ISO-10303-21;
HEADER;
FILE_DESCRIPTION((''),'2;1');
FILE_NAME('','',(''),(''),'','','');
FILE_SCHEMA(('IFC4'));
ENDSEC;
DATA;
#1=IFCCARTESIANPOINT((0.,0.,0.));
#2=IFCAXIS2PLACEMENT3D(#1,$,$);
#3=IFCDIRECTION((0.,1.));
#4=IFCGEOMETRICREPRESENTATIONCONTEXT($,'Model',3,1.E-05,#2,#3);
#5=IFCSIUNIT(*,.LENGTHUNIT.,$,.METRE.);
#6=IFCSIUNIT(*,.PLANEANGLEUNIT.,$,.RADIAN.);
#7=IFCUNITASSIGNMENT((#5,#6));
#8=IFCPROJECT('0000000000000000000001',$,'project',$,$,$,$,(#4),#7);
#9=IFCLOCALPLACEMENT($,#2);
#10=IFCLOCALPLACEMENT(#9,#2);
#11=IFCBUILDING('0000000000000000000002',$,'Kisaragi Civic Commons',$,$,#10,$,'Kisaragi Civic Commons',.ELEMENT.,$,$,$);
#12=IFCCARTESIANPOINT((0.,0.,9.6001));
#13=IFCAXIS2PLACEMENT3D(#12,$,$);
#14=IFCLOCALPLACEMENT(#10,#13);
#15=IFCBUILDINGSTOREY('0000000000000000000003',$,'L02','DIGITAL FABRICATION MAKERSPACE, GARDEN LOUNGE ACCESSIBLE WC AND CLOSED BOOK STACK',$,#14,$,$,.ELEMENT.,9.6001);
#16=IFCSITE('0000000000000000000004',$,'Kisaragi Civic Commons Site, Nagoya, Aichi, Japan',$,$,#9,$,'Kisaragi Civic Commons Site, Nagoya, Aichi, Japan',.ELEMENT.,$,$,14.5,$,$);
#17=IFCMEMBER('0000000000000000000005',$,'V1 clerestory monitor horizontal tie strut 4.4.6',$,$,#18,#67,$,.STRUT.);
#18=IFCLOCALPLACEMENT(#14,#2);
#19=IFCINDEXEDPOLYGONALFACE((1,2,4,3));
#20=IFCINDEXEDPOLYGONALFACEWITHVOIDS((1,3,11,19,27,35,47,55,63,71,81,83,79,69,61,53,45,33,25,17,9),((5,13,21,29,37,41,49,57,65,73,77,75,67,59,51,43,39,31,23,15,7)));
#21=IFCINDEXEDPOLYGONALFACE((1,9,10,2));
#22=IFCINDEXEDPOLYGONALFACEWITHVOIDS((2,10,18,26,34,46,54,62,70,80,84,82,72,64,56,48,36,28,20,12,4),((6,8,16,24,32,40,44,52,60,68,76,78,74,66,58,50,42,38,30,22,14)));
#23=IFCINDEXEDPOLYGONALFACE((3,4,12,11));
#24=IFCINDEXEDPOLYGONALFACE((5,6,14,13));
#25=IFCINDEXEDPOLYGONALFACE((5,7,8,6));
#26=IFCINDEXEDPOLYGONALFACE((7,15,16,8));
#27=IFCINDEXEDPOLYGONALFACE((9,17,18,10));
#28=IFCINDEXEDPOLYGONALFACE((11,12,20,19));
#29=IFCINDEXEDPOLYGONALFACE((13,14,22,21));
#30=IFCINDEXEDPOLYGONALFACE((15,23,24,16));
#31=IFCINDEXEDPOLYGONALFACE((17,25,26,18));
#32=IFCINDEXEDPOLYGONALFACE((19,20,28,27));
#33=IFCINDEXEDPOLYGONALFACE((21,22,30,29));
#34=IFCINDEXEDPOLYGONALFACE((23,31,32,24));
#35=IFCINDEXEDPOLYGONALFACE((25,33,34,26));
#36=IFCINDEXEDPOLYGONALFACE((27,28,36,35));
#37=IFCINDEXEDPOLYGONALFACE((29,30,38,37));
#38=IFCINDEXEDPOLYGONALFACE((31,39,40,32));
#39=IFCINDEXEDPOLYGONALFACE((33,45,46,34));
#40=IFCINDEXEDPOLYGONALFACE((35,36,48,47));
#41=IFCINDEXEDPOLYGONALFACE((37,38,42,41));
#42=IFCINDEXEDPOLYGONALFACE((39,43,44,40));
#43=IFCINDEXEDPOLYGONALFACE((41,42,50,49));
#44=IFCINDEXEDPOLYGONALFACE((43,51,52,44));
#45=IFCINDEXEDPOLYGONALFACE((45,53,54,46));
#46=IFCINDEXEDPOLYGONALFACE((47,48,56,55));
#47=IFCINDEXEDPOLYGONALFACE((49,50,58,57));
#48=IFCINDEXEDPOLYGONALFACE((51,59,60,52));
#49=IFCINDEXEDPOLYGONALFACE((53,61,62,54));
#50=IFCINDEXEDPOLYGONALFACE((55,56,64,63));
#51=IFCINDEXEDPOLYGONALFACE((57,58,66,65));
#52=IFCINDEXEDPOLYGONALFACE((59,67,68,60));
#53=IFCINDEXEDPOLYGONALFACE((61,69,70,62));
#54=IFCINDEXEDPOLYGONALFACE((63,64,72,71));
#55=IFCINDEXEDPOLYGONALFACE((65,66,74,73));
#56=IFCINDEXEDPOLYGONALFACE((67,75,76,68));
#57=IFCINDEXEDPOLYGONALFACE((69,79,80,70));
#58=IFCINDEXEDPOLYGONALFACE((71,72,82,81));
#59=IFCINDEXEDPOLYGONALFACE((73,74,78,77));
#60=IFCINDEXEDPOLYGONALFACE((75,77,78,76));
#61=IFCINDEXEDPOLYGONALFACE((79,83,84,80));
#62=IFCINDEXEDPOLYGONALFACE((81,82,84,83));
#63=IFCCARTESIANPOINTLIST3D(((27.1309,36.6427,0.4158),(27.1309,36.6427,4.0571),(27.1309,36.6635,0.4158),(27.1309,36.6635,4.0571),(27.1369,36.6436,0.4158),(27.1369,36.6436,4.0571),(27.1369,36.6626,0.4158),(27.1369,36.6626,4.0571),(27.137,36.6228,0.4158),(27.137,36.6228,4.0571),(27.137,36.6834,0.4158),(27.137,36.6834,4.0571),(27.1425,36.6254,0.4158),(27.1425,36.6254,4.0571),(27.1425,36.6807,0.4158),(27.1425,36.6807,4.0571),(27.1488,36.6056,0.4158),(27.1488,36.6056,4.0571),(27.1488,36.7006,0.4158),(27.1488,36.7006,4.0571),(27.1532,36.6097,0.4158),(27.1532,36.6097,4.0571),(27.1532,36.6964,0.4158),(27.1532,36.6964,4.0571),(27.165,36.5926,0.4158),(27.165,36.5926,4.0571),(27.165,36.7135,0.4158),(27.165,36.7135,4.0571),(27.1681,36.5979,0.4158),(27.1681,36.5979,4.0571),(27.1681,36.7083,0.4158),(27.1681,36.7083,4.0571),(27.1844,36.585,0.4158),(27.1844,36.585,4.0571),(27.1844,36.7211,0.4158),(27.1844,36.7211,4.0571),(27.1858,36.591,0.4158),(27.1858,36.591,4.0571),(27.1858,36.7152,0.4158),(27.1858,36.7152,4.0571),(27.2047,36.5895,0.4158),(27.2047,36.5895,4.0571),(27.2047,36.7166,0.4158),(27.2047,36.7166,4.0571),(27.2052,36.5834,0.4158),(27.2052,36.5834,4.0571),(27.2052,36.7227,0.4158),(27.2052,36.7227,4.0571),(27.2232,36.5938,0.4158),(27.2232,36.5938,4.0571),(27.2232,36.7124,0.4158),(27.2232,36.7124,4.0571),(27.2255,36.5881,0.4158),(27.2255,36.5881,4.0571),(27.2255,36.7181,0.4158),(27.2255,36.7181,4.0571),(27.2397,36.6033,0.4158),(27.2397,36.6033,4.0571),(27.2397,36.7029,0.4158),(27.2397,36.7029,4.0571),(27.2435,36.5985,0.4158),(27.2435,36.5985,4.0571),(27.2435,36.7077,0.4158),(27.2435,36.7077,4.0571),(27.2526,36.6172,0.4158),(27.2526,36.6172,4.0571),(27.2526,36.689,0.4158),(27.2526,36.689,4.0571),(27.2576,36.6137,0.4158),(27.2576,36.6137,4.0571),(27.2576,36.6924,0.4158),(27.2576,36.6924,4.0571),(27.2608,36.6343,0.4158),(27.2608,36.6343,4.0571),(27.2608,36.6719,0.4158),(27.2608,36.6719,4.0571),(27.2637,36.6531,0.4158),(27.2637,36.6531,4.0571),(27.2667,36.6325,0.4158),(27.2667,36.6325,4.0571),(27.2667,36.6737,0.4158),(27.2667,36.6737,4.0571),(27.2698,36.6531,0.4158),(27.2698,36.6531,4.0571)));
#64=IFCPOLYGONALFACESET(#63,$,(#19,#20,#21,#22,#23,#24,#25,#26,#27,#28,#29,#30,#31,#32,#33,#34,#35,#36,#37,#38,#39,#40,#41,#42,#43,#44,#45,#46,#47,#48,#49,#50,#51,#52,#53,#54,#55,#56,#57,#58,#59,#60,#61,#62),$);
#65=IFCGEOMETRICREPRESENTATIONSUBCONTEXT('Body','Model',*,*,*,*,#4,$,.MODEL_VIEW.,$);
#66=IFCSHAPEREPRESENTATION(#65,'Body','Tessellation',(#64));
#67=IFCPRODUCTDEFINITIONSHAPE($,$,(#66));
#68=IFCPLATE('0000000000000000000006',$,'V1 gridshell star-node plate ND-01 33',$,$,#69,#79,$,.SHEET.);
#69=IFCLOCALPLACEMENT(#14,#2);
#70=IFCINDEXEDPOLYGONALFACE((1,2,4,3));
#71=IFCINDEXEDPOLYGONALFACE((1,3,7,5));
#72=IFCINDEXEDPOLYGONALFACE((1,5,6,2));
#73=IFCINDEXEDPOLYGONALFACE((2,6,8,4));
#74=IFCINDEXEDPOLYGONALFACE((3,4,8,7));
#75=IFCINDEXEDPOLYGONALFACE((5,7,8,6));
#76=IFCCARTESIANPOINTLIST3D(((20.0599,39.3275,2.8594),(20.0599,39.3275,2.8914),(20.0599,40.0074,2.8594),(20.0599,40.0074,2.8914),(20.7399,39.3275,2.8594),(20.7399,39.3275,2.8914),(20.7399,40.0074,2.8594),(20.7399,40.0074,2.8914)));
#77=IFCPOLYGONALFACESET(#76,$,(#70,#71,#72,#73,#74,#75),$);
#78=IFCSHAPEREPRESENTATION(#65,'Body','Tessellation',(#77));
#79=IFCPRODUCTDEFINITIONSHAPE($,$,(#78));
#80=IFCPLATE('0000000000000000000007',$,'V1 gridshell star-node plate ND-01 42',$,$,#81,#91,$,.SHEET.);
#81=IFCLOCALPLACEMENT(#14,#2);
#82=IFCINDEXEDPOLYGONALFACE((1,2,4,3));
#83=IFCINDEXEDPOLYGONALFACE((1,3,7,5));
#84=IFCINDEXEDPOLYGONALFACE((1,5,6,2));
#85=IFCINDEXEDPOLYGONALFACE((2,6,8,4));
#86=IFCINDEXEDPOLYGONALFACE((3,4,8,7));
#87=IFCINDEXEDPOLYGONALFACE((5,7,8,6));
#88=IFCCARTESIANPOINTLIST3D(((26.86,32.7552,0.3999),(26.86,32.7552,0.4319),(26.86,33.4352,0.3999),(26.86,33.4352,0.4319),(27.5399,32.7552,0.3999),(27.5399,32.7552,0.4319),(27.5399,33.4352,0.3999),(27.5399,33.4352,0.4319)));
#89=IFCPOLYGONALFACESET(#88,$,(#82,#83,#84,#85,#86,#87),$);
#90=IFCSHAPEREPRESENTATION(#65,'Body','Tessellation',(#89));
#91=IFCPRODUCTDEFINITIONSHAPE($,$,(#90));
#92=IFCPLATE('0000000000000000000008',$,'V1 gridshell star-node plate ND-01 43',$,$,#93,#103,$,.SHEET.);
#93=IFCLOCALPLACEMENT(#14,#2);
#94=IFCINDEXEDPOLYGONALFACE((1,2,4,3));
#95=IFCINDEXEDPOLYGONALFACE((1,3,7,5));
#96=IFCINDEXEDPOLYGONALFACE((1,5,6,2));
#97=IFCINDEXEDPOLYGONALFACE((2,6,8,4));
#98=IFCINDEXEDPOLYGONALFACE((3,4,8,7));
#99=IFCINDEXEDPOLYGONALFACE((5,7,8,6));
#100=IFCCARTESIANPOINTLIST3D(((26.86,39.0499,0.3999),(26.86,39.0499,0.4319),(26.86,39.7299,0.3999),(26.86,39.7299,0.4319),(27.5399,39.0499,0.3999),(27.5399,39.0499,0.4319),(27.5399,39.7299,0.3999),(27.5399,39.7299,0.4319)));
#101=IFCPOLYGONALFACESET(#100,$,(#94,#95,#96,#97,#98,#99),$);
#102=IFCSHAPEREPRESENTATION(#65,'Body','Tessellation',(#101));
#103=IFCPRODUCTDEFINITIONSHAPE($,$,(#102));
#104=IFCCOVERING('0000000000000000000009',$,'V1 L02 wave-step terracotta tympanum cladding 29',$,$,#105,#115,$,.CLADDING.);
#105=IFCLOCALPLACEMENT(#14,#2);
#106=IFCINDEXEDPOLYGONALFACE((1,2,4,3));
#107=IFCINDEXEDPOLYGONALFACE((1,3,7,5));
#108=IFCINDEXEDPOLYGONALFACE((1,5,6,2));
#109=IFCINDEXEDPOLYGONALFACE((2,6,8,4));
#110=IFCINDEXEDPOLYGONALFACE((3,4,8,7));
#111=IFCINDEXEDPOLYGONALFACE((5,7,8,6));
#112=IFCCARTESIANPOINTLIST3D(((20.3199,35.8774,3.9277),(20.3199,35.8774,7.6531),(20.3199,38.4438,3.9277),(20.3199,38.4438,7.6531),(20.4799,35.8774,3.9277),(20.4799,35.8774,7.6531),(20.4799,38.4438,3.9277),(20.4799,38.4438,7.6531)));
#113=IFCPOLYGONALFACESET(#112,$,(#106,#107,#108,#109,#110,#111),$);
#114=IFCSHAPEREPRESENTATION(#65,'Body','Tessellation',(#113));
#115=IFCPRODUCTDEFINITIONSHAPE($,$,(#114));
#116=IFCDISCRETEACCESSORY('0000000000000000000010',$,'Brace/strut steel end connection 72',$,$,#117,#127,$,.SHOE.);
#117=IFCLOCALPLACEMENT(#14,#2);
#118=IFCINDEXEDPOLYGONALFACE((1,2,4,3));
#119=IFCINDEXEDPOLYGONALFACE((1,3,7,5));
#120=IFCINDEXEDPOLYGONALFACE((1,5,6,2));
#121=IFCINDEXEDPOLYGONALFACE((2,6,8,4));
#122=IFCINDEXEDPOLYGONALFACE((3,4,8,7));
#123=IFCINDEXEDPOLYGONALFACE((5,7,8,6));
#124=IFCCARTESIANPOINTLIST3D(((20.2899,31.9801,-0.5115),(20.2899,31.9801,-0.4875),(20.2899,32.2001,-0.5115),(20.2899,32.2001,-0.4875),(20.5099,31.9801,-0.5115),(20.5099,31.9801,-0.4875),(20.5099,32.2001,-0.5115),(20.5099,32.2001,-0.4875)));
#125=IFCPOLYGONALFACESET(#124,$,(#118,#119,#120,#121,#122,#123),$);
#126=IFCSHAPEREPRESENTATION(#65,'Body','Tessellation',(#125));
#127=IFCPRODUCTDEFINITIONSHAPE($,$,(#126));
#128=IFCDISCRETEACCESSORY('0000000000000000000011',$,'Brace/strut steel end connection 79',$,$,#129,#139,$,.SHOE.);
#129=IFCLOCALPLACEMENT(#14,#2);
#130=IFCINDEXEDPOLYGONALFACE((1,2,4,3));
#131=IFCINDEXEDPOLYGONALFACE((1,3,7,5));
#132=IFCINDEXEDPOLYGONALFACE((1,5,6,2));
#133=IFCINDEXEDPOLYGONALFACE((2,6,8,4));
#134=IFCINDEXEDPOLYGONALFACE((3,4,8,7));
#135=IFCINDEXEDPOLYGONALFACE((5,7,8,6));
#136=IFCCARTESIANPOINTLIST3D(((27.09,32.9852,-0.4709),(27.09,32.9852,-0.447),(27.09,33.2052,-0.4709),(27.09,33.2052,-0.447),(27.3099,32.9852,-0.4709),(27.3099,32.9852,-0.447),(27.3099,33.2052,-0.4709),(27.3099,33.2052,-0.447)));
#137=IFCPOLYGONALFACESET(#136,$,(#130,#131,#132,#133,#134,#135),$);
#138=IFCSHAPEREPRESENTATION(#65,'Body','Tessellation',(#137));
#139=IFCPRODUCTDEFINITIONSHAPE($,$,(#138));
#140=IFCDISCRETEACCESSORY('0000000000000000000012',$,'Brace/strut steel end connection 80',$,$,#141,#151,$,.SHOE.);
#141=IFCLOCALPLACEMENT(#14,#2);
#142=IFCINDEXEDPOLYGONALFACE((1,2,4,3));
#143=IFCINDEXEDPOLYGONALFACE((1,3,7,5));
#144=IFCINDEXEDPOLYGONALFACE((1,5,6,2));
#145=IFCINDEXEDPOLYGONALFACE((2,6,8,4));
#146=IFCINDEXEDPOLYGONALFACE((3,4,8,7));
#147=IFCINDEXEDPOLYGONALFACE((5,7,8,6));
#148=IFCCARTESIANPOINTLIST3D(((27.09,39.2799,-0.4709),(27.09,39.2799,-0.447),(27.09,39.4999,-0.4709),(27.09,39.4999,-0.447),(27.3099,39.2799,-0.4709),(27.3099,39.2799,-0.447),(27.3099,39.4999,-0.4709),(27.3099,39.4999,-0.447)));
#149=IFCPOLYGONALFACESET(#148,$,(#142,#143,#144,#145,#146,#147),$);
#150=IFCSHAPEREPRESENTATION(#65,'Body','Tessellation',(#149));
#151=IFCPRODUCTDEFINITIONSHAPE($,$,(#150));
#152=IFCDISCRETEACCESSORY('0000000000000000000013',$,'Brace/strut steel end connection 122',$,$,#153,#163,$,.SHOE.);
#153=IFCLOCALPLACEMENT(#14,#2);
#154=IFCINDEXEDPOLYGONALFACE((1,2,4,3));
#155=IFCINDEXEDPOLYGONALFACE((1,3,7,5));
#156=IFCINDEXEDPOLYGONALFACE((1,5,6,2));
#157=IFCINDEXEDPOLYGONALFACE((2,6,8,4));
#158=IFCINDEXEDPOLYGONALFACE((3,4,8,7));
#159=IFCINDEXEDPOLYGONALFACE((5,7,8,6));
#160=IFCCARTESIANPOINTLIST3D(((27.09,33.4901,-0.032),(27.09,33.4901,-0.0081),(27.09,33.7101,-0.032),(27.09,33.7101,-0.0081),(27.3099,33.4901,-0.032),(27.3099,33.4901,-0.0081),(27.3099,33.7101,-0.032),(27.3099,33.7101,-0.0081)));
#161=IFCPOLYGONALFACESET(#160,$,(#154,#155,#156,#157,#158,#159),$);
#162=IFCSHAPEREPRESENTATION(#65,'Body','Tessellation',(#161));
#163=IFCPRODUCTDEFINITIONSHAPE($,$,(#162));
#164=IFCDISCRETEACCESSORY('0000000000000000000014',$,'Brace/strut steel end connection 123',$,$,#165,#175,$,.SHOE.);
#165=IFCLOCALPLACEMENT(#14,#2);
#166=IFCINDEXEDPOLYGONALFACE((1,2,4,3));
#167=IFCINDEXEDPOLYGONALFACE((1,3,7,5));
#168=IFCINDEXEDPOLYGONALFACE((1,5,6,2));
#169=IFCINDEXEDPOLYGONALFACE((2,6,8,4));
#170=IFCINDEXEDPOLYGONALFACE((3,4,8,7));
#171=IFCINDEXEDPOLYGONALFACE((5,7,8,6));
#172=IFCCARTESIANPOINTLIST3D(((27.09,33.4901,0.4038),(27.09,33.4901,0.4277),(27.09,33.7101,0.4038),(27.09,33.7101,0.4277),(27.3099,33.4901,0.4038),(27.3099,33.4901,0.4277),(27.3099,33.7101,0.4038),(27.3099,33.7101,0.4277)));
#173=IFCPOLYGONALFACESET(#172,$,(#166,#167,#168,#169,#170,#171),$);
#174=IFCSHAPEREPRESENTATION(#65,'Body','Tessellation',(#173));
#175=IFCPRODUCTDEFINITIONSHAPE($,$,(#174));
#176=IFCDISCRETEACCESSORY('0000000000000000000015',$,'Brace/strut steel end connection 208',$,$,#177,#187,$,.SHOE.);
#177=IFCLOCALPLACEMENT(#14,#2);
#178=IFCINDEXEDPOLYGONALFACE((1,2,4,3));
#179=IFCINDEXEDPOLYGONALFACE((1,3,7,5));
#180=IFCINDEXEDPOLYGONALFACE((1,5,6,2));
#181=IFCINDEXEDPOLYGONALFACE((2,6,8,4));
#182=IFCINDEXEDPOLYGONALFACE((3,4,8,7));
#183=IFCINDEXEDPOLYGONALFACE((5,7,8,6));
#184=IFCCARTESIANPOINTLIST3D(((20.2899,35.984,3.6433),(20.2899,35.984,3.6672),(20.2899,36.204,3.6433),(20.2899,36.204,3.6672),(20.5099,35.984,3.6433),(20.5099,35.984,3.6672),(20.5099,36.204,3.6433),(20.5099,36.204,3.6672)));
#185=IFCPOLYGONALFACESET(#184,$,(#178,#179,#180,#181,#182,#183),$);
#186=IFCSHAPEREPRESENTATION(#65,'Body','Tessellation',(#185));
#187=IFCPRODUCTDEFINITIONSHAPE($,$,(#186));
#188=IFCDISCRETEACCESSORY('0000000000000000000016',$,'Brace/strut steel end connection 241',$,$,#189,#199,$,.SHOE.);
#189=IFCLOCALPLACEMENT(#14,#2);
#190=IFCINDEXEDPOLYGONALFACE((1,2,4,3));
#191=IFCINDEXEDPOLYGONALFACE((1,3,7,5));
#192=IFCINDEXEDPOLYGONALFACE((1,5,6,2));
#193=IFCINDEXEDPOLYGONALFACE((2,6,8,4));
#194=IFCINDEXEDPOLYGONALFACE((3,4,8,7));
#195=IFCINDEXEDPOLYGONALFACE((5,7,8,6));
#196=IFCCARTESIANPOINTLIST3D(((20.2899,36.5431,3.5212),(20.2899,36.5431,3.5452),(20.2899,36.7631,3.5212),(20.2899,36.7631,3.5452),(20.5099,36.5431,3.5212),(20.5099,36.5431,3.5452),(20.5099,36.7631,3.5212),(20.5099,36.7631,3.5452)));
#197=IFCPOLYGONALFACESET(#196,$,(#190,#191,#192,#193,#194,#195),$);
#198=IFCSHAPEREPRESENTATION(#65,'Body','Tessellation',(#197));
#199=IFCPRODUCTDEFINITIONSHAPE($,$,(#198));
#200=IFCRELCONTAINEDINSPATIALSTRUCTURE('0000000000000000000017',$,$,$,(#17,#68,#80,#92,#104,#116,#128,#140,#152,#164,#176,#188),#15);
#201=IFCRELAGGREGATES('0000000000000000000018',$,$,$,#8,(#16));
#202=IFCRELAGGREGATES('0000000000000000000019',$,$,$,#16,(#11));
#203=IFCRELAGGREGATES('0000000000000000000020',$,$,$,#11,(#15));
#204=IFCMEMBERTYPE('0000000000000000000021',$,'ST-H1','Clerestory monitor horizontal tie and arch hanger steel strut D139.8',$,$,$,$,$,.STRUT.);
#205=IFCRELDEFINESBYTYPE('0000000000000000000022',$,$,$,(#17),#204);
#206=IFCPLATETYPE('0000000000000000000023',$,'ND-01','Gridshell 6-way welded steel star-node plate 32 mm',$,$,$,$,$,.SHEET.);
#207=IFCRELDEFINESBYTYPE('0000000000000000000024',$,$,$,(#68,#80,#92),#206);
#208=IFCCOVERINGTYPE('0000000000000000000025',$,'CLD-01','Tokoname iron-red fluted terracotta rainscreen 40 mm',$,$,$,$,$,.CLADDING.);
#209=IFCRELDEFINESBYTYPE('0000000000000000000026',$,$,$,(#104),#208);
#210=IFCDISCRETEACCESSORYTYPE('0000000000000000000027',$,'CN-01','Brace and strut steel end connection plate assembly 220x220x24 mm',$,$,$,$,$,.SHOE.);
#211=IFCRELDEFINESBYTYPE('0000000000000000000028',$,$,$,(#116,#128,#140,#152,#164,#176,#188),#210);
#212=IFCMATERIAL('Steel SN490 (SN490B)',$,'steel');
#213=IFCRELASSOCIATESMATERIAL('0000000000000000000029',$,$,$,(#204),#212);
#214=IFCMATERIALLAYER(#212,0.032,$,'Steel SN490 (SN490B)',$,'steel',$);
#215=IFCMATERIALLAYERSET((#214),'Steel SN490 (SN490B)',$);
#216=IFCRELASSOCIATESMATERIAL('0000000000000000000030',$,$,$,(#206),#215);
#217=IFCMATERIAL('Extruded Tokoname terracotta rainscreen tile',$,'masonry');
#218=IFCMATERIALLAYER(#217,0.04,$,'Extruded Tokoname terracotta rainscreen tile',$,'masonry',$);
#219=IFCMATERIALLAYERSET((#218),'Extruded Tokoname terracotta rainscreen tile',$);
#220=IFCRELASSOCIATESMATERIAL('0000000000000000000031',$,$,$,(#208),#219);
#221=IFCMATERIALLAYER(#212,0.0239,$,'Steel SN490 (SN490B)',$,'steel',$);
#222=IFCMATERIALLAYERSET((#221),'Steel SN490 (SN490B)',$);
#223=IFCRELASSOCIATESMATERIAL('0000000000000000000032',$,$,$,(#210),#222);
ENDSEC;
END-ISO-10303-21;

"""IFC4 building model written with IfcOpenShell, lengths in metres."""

from ifc_helpers import new_model, si_unit, direction, frame, origin, origin_2d, place, context, subcontext, project, spatial, rectangle, hollow_circle, extrude, material, layer, layer_set, material_profile, profile_set, type_object, element, save


model = new_model("IFC4")

# Units and contexts
model_context = context("Model", 3, precision=1e-05, world=origin(), true_north=direction((0.0, 1.0)))
body_context = subcontext(model_context, "Body", "Model", "MODEL_VIEW")
ifc_project = project(units=[si_unit("LENGTHUNIT", "METRE"), si_unit("PLANEANGLEUNIT", "RADIAN")], contexts=[model_context])

# Site, building, storey
site_placement = place(None, origin())
site = spatial("IfcSite", under=ifc_project, at=site_placement, Name="Kisaragi Civic Commons Site, Nagoya, Aichi, Japan", LongName="Kisaragi Civic Commons Site, Nagoya, Aichi, Japan", CompositionType="ELEMENT", RefElevation=14.5)
building_placement = place(site_placement, origin())
building = spatial("IfcBuilding", under=site, at=building_placement, Name="Kisaragi Civic Commons", LongName="Kisaragi Civic Commons", CompositionType="ELEMENT")
storey_placement = place(building_placement, frame((0.0, 0.0, 9.6001)))
storey = spatial("IfcBuildingStorey", under=building, at=storey_placement, Name="L02", Description="DIGITAL FABRICATION MAKERSPACE, GARDEN LOUNGE ACCESSIBLE WC AND CLOSED BOOK STACK", CompositionType="ELEMENT", Elevation=9.6001)

# Member
ifc_material_1 = material(Name="Steel SN490 (SN490B)", Category="steel")
ifc_material_profile_1 = material_profile(ifc_material_1, hollow_circle(Radius=0.0698, WallThickness=0.0061, at=origin_2d()), Name="CHS-139.8x6.0", Category="steel")
ifc_profile_set_1 = profile_set([ifc_material_profile_1], Name="Steel SN490 (SN490B)")
member_type_1 = type_object("IfcMemberType", Name="ST-H1", Description="Clerestory monitor horizontal tie and arch hanger steel strut D139.8", PredefinedType="STRUT", material=ifc_profile_set_1)
member_1_placement = place(storey_placement, frame((27.2, 36.6531, 0.4158), z_axis=(0.0, 0.0, 1.0), x_axis=(1.0, 0.0, 0.0)))
element("IfcMember", 1, at=member_1_placement, inside=storey, type_object=member_type_1, Name="V1 clerestory monitor horizontal tie strut 4.4.6", PredefinedType="STRUT", context=body_context, shape_type="SweptSolid", body=[
    extrude(hollow_circle(Radius=0.0698, WallThickness=0.0061, at=origin_2d()), origin(), (0.0, 0.0, 1.0), 3.6414),
])

# Plates
ifc_layer_1 = layer(ifc_material_1, 0.032, Name="Steel SN490 (SN490B)", Category="steel")
ifc_layer_set_1 = layer_set([ifc_layer_1], Name="Steel SN490 (SN490B)")
plate_type = type_object("IfcPlateType", Name="ND-01", Description="Gridshell 6-way welded steel star-node plate 32 mm", PredefinedType="SHEET", material=ifc_layer_set_1)
for number, where, z_axis, x_axis, name in (
    (2, (20.3999, 39.6675, 2.8594), (0.0, 0.0, 1.0), (1.0, 0.0, 0.0), "V1 gridshell star-node plate ND-01 33"),
    (3, (27.2, 33.0952, 0.3999), (0.0, 0.0, 1.0), (1.0, 0.0, 0.0), "V1 gridshell star-node plate ND-01 42"),
    (4, (27.2, 39.3899, 0.3999), (0.0, 0.0, 1.0), (1.0, 0.0, 0.0), "V1 gridshell star-node plate ND-01 43"),
):
    element("IfcPlate", number, at=place(storey_placement, frame(where, z_axis=z_axis, x_axis=x_axis)), inside=storey, type_object=plate_type, Name=name, PredefinedType="SHEET", context=body_context, shape_type="SweptSolid", body=[
        extrude(rectangle(XDim=0.6799, YDim=0.6799, at=origin_2d()), origin(), (0.0, 0.0, 1.0), 0.032),
    ])

# Covering
ifc_material_2 = material(Name="Extruded Tokoname terracotta rainscreen tile", Category="masonry")
ifc_layer_2 = layer(ifc_material_2, 0.04, Name="Extruded Tokoname terracotta rainscreen tile", Category="masonry")
ifc_layer_set_2 = layer_set([ifc_layer_2], Name="Extruded Tokoname terracotta rainscreen tile")
covering_type = type_object("IfcCoveringType", Name="CLD-01", Description="Tokoname iron-red fluted terracotta rainscreen 40 mm", PredefinedType="CLADDING", material=ifc_layer_set_2)
covering_placement = place(storey_placement, frame((20.3999, 37.1606, 3.9277), z_axis=(0.0, 0.0, 1.0), x_axis=(0.0, 1.0, 0.0)))
element("IfcCovering", 5, at=covering_placement, inside=storey, type_object=covering_type, Name="V1 L02 wave-step terracotta tympanum cladding 29", PredefinedType="CLADDING", context=body_context, shape_type="SweptSolid", body=[
    extrude(rectangle(XDim=2.5664, YDim=0.1599, at=origin_2d()), origin(), (0.0, 0.0, 1.0), 3.7253),
])

# Discrete accessories
ifc_layer_3 = layer(ifc_material_1, 0.0239, Name="Steel SN490 (SN490B)", Category="steel")
ifc_layer_set_3 = layer_set([ifc_layer_3], Name="Steel SN490 (SN490B)")
discrete_accessory_type = type_object("IfcDiscreteAccessoryType", Name="CN-01", Description="Brace and strut steel end connection plate assembly 220x220x24 mm", PredefinedType="SHOE", material=ifc_layer_set_3)
for number, where, z_axis, x_axis, name in (
    (6, (20.3999, 32.0901, -0.5115), (0.0, 0.0, 1.0), (1.0, 0.0, 0.0), "Brace/strut steel end connection 72"),
    (7, (27.2, 33.0952, -0.4709), (0.0, 0.0, 1.0), (1.0, 0.0, 0.0), "Brace/strut steel end connection 79"),
    (8, (27.2, 39.3899, -0.4709), (0.0, 0.0, 1.0), (1.0, 0.0, 0.0), "Brace/strut steel end connection 80"),
    (9, (27.2, 33.6001, -0.032), (0.0, 0.0, 1.0), (1.0, 0.0, 0.0), "Brace/strut steel end connection 122"),
    (10, (27.2, 33.6001, 0.4038), (0.0, 0.0, 1.0), (1.0, 0.0, 0.0), "Brace/strut steel end connection 123"),
    (11, (20.3999, 36.094, 3.6433), (0.0, 0.0, 1.0), (1.0, 0.0, 0.0), "Brace/strut steel end connection 208"),
    (12, (20.3999, 36.6531, 3.5212), (0.0, 0.0, 1.0), (1.0, 0.0, 0.0), "Brace/strut steel end connection 241"),
):
    element("IfcDiscreteAccessory", number, at=place(storey_placement, frame(where, z_axis=z_axis, x_axis=x_axis)), inside=storey, type_object=discrete_accessory_type, Name=name, PredefinedType="SHOE", context=body_context, shape_type="SweptSolid", body=[
        extrude(rectangle(XDim=0.22, YDim=0.22, at=origin_2d()), origin(), (0.0, 0.0, 1.0), 0.0239),
    ])

save(model, "model.ifc")
